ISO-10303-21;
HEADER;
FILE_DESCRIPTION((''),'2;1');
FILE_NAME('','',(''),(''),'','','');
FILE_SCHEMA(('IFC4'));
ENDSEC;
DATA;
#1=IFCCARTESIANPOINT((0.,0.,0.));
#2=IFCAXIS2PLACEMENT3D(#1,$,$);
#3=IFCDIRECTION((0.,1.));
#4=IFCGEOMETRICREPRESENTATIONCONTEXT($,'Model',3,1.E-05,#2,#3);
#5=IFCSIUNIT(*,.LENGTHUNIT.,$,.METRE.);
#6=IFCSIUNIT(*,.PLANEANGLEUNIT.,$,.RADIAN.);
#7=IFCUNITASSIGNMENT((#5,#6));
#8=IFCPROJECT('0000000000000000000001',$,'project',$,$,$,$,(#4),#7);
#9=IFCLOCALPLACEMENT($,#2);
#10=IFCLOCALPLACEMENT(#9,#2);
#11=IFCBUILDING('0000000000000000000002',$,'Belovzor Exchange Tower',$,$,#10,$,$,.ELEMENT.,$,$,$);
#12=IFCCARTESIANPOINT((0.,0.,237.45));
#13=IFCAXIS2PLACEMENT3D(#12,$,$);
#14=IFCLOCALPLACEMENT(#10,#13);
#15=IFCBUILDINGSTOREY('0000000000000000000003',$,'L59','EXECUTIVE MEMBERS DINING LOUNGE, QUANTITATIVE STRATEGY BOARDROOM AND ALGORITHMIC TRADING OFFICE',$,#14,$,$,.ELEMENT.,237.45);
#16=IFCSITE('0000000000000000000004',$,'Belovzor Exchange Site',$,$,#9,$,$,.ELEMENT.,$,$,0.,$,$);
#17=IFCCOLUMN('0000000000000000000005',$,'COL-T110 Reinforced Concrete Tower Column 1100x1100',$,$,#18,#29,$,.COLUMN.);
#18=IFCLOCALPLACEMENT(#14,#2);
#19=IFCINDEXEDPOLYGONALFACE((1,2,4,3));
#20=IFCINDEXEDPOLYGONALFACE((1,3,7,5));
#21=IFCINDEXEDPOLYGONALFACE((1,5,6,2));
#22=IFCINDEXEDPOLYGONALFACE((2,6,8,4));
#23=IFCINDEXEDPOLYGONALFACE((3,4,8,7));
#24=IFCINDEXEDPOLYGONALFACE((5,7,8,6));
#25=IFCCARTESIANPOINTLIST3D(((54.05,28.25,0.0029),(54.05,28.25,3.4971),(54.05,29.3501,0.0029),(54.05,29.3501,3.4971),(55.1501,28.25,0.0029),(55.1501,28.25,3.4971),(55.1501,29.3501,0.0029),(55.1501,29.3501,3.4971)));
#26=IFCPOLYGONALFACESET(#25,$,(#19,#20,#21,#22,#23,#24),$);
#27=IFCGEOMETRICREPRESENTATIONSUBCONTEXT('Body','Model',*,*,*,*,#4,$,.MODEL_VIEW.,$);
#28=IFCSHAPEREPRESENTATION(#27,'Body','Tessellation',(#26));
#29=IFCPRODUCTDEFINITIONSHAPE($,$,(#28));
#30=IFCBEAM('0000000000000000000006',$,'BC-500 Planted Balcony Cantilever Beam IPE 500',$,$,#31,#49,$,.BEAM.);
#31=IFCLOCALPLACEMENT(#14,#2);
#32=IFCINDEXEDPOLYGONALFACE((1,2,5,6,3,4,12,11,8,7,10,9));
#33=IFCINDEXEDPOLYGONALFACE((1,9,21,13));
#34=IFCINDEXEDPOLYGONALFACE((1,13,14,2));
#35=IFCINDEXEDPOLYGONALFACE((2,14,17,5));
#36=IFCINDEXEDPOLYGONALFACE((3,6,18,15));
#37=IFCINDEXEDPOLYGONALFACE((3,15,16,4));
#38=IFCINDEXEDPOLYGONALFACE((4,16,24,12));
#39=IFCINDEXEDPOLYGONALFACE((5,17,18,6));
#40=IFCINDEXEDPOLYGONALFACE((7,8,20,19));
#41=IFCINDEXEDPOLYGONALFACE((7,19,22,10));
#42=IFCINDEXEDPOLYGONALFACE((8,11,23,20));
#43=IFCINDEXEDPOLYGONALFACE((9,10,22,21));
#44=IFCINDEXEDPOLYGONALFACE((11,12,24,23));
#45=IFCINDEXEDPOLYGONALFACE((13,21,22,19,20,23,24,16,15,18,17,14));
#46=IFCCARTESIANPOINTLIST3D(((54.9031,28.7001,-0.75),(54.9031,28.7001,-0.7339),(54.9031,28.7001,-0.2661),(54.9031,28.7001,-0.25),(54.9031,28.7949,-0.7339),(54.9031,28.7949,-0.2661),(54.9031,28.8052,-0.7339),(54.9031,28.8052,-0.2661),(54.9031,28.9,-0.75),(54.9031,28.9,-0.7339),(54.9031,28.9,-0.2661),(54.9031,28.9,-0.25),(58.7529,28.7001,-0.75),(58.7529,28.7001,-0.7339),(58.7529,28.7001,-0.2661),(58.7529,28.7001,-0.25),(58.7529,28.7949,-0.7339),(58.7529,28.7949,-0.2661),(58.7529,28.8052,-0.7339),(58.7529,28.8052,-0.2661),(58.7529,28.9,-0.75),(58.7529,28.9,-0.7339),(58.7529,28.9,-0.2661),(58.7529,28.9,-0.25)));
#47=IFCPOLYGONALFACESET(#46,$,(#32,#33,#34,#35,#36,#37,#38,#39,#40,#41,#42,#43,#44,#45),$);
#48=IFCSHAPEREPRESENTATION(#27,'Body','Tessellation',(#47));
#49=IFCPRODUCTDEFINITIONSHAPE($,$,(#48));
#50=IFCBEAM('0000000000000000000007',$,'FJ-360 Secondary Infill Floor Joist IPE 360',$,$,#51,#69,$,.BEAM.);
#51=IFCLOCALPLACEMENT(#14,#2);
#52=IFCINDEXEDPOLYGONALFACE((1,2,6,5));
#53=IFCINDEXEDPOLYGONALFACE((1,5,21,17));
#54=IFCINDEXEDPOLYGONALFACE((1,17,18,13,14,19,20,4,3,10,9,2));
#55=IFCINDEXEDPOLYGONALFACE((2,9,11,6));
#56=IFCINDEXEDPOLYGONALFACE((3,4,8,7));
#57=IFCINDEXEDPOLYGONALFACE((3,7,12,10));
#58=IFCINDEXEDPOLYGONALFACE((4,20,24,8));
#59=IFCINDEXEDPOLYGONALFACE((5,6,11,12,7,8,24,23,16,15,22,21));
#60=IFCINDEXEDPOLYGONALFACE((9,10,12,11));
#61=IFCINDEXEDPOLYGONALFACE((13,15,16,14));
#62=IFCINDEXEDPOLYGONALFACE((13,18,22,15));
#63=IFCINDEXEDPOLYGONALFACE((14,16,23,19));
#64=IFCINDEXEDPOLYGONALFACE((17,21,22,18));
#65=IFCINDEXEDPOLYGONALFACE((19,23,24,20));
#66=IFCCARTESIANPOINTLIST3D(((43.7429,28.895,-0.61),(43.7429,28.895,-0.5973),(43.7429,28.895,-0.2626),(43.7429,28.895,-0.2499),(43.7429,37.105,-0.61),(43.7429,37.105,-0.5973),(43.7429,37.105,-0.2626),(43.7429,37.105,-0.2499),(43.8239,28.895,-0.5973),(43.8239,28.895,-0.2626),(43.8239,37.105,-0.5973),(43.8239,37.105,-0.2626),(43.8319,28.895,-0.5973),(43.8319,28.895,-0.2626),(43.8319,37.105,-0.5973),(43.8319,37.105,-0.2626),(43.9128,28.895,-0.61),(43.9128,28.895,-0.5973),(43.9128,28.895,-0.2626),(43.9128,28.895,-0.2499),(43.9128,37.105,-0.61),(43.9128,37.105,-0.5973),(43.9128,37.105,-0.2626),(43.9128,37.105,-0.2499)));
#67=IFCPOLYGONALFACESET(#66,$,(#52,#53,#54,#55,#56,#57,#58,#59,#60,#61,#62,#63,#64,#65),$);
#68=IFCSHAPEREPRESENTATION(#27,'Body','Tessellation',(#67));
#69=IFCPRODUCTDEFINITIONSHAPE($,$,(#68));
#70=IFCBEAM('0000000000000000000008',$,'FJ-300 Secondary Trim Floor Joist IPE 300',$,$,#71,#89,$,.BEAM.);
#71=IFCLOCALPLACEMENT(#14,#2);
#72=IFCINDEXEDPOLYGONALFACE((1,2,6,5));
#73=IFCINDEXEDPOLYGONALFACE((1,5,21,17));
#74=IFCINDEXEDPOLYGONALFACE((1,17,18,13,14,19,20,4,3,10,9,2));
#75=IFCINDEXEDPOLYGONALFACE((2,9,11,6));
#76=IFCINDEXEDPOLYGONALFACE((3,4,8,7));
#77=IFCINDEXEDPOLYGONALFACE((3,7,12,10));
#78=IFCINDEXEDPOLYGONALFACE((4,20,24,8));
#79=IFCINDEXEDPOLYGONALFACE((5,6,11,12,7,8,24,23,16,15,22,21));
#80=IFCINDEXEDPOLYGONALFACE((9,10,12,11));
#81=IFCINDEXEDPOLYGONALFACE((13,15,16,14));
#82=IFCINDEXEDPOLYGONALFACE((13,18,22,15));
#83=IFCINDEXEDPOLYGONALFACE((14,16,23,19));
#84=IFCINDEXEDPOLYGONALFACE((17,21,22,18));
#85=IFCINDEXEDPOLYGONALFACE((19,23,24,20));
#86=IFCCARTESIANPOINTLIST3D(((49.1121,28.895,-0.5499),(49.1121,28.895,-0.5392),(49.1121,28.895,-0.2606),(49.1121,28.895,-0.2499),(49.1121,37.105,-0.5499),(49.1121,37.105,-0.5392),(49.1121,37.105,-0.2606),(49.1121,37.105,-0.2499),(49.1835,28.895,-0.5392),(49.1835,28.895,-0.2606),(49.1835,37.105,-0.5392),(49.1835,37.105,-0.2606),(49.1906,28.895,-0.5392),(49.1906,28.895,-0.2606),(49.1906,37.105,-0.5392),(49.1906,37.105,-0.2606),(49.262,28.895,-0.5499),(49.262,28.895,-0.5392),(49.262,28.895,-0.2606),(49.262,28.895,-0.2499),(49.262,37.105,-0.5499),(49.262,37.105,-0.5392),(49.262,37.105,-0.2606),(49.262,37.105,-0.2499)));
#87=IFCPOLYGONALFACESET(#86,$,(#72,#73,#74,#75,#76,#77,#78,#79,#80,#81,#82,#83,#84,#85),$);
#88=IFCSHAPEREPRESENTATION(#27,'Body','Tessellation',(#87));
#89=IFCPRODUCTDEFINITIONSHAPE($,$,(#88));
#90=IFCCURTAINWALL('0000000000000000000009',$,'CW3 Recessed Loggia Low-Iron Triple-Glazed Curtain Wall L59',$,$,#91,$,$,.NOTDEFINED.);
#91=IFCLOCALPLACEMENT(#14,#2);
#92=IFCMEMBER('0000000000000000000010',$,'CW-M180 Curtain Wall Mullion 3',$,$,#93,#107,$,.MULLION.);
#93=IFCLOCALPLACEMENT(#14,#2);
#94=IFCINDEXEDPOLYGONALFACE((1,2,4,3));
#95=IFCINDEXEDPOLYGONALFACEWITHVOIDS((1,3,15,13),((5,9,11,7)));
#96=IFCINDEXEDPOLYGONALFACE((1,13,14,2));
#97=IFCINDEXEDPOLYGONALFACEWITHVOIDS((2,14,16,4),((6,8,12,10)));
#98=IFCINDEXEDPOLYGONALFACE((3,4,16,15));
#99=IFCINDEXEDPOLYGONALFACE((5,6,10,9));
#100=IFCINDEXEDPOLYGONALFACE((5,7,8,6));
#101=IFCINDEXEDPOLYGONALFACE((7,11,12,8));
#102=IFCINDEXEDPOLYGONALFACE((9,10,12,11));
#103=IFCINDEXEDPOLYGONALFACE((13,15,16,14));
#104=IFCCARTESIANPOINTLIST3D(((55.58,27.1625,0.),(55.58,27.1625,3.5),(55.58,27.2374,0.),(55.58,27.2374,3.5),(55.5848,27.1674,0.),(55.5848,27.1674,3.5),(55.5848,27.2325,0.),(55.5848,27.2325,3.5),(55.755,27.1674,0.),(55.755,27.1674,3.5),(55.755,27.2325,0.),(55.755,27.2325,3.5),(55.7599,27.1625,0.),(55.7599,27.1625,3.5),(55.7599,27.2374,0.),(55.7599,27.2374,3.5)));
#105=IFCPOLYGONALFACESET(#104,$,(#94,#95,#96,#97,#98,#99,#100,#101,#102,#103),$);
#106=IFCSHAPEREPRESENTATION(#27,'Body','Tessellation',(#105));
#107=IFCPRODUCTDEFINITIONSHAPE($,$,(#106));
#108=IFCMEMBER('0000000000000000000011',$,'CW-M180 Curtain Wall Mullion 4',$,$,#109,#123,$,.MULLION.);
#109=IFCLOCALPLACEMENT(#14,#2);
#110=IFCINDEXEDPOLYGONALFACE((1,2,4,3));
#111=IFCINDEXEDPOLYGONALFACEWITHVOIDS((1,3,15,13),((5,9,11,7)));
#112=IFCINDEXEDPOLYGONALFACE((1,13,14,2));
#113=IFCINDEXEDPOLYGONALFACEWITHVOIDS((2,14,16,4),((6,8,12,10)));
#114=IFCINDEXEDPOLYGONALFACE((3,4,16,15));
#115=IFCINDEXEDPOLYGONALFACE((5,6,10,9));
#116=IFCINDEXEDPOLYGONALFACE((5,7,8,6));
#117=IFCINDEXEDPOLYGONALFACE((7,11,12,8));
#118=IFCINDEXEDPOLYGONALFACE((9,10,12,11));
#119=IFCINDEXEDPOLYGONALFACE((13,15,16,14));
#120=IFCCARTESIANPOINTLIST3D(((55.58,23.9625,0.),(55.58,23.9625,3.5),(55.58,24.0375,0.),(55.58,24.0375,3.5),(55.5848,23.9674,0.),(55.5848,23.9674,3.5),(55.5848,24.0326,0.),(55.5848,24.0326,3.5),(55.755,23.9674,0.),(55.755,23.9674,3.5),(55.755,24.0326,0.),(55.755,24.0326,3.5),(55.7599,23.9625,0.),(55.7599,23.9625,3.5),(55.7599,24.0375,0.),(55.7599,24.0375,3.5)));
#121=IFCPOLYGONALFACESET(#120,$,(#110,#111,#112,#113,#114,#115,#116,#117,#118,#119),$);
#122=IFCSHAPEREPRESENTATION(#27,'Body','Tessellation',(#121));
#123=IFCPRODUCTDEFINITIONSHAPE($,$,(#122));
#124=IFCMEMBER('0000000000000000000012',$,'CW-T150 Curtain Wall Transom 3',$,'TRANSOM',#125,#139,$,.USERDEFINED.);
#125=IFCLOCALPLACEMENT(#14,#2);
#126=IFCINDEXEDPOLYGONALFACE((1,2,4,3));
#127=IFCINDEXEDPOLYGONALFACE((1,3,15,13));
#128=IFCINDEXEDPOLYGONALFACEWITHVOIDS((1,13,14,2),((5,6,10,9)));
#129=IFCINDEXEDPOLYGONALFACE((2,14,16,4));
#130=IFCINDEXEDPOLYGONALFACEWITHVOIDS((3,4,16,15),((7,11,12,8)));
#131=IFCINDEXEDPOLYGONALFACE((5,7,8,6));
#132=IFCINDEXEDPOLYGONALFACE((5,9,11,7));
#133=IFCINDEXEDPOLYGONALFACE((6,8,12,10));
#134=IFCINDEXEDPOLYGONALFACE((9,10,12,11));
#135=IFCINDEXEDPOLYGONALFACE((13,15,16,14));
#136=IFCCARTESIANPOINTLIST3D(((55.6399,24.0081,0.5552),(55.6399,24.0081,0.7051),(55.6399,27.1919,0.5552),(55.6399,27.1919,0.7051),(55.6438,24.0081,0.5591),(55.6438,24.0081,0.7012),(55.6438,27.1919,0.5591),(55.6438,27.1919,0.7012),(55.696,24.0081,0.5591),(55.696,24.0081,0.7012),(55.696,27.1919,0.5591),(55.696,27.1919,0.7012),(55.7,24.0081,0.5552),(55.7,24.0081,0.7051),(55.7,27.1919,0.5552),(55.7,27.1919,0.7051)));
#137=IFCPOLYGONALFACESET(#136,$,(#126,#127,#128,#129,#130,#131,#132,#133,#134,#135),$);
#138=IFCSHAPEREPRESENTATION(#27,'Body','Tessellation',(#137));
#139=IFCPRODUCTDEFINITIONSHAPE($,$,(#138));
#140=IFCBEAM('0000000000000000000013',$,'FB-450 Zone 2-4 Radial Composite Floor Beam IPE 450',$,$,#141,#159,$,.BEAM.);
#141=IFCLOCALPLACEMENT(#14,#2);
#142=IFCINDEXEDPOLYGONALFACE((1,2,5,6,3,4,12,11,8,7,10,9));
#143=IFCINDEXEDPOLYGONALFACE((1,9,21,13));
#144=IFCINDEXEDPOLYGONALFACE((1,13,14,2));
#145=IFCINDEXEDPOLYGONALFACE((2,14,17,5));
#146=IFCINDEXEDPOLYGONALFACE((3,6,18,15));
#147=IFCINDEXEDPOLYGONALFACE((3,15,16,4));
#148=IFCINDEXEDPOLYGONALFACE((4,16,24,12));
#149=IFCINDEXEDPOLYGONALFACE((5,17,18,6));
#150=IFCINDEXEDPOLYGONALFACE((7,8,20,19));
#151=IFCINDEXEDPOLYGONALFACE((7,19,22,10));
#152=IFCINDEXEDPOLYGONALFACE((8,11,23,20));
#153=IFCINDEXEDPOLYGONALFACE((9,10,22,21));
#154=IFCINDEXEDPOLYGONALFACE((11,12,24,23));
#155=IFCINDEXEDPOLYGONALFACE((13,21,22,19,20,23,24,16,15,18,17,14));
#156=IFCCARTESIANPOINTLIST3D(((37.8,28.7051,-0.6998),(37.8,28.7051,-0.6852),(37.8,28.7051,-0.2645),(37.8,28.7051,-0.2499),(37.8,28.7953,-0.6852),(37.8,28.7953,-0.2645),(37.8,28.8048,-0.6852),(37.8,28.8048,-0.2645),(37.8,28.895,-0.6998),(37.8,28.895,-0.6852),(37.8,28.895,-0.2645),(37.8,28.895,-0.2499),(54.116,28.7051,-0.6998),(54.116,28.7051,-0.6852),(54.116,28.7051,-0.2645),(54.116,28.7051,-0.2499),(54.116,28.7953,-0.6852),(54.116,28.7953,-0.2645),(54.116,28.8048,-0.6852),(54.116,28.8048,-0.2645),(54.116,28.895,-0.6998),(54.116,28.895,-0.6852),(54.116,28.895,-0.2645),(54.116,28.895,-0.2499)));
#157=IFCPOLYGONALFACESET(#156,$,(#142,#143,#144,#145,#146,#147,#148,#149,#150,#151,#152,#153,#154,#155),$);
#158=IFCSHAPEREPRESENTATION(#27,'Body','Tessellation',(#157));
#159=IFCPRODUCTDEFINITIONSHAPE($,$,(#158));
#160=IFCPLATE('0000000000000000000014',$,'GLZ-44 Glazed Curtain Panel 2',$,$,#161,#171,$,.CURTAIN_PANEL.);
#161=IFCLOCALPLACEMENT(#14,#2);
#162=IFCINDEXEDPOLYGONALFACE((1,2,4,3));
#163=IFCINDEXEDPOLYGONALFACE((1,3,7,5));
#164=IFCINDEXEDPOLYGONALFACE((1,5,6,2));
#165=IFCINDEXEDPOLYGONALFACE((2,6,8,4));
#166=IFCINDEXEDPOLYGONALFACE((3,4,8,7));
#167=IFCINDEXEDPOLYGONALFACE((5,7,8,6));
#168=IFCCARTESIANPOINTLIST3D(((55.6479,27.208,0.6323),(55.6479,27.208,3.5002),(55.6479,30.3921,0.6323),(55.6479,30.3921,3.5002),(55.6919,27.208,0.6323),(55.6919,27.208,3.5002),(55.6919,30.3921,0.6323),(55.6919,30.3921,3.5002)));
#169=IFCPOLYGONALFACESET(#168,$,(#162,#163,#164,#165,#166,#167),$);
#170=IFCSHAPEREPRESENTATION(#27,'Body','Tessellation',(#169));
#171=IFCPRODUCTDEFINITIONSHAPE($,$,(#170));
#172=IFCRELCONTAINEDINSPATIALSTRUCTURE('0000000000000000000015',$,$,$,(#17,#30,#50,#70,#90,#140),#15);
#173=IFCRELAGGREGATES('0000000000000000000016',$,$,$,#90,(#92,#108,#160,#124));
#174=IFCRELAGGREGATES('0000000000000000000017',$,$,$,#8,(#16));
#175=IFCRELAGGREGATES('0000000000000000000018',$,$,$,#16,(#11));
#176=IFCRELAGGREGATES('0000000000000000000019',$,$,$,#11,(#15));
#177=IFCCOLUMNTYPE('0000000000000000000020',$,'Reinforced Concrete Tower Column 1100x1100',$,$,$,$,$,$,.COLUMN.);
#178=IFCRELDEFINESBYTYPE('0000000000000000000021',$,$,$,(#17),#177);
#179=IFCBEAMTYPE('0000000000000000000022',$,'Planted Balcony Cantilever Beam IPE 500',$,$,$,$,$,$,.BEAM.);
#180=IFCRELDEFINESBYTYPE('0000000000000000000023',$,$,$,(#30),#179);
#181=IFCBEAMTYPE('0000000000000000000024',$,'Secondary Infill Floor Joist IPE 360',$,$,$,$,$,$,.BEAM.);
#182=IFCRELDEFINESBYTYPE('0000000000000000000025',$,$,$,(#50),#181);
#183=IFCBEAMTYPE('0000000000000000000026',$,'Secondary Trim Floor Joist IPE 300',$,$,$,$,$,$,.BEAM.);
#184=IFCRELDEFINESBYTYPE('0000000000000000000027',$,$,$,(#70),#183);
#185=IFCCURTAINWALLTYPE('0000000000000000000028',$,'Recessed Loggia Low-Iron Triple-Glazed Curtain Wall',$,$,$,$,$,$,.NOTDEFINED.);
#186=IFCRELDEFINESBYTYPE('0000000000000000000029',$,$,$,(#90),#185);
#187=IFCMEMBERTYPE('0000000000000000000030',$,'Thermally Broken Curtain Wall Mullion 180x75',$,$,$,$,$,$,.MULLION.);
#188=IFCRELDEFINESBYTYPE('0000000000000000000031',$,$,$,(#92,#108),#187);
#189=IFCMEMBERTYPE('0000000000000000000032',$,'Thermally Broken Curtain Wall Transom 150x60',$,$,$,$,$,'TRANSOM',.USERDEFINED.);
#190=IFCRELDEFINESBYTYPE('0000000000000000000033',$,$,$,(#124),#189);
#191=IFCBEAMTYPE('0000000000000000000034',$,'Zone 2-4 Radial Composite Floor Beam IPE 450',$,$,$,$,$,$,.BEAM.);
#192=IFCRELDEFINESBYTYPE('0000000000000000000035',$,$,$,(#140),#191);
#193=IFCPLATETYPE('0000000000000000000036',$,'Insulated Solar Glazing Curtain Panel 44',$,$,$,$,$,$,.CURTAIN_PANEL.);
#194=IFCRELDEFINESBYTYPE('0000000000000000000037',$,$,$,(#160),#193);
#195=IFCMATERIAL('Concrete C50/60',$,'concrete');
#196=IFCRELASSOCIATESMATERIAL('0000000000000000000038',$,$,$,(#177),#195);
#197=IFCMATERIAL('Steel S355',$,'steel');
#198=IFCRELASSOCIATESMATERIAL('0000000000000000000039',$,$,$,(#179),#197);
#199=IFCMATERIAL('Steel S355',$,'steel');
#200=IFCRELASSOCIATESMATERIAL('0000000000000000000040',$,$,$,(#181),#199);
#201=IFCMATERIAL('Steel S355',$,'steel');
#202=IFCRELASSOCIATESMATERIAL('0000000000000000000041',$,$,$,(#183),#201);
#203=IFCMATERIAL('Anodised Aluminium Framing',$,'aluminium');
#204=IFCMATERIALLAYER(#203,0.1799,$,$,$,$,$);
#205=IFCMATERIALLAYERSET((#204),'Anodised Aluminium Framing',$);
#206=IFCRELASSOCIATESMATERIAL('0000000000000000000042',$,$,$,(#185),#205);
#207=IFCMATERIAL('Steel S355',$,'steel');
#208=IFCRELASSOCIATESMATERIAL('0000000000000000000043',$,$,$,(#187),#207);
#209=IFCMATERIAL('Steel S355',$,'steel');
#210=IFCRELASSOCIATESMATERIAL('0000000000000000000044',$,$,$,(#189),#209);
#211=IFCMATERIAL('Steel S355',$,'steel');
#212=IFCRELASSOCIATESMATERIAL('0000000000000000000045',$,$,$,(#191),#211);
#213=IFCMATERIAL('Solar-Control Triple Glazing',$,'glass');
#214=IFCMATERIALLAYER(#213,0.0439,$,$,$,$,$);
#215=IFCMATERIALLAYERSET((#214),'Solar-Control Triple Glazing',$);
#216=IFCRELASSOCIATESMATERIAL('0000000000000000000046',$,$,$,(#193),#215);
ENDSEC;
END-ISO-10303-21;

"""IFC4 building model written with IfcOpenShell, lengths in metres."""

from ifc_helpers import new_model, si_unit, direction, frame, origin, origin_2d, place, context, subcontext, project, spatial, rectangle, hollow_rectangle, i_section, extrude, material, layer, layer_set, material_profile, profile_set, type_object, element, aggregate, save


model = new_model("IFC4")

# Units and contexts
model_context = context("Model", 3, precision=1e-05, world=origin(), true_north=direction((0.0, 1.0)))
body_context = subcontext(model_context, "Body", "Model", "MODEL_VIEW")
ifc_project = project(units=[si_unit("LENGTHUNIT", "METRE"), si_unit("PLANEANGLEUNIT", "RADIAN")], contexts=[model_context])

# Site, building, storey
site_placement = place(None, origin())
site = spatial("IfcSite", under=ifc_project, at=site_placement, Name="Belovzor Exchange Site", CompositionType="ELEMENT", RefElevation=0.0)
building_placement = place(site_placement, origin())
building = spatial("IfcBuilding", under=site, at=building_placement, Name="Belovzor Exchange Tower", CompositionType="ELEMENT")
storey_placement = place(building_placement, frame((0.0, 0.0, 237.45)))
storey = spatial("IfcBuildingStorey", under=building, at=storey_placement, Name="L59", Description="EXECUTIVE MEMBERS DINING LOUNGE, QUANTITATIVE STRATEGY BOARDROOM AND ALGORITHMIC TRADING OFFICE", CompositionType="ELEMENT", Elevation=237.45)

# Column
ifc_material_1 = material(Name="Concrete C50/60", Category="concrete")
ifc_material_profile_1 = material_profile(ifc_material_1, rectangle(XDim=1.1001, YDim=1.1001, at=origin_2d()))
ifc_profile_set_1 = profile_set([ifc_material_profile_1], Name="Concrete C50/60")
column_type = type_object("IfcColumnType", Name="Reinforced Concrete Tower Column 1100x1100", PredefinedType="COLUMN", material=ifc_profile_set_1)
column_placement = place(storey_placement, frame((54.6001, 28.8, 0.0029), z_axis=(0.0, 0.0, 1.0), x_axis=(1.0, 0.0, 0.0)))
element("IfcColumn", 1, at=column_placement, inside=storey, type_object=column_type, Name="COL-T110 Reinforced Concrete Tower Column 1100x1100", PredefinedType="COLUMN", context=body_context, shape_type="SweptSolid", body=[
    extrude(rectangle(XDim=1.1001, YDim=1.1001, at=origin_2d()), origin(), (0.0, 0.0, 1.0), 3.4941),
])

# Beams
ifc_material_2 = material(Name="Steel S355", Category="steel")
ifc_material_profile_2 = material_profile(ifc_material_2, i_section(OverallWidth=0.2, OverallDepth=0.5, WebThickness=0.0103, FlangeThickness=0.0161, at=origin_2d()))
ifc_profile_set_2 = profile_set([ifc_material_profile_2], Name="Steel S355")
beam_type_1 = type_object("IfcBeamType", Name="Planted Balcony Cantilever Beam IPE 500", PredefinedType="BEAM", material=ifc_profile_set_2)
beam_1_placement = place(storey_placement, frame((54.9031, 28.8, -0.5), z_axis=(1.0, 0.0, 0.0), x_axis=(0.0, 1.0, 0.0)))
element("IfcBeam", 2, at=beam_1_placement, inside=storey, type_object=beam_type_1, Name="BC-500 Planted Balcony Cantilever Beam IPE 500", PredefinedType="BEAM", context=body_context, shape_type="SweptSolid", body=[
    extrude(i_section(OverallWidth=0.2, OverallDepth=0.5, WebThickness=0.0103, FlangeThickness=0.0161, at=origin_2d()), origin(), (0.0, 0.0, 1.0), 3.8499),
])
ifc_material_3 = material(Name="Steel S355", Category="steel")
ifc_material_profile_3 = material_profile(ifc_material_3, i_section(OverallWidth=0.1699, OverallDepth=0.3601, WebThickness=0.0081, FlangeThickness=0.0127, at=origin_2d()))
ifc_profile_set_3 = profile_set([ifc_material_profile_3], Name="Steel S355")
beam_type_2 = type_object("IfcBeamType", Name="Secondary Infill Floor Joist IPE 360", PredefinedType="BEAM", material=ifc_profile_set_3)
beam_2_placement = place(storey_placement, frame((43.8279, 28.895, -0.4299), z_axis=(0.0, 1.0, 0.0), x_axis=(-1.0, 0.0, 0.0)))
element("IfcBeam", 3, at=beam_2_placement, inside=storey, type_object=beam_type_2, Name="FJ-360 Secondary Infill Floor Joist IPE 360", PredefinedType="BEAM", context=body_context, shape_type="SweptSolid", body=[
    extrude(i_section(OverallWidth=0.1699, OverallDepth=0.3601, WebThickness=0.0081, FlangeThickness=0.0127, at=origin_2d()), origin(), (0.0, 0.0, 1.0), 8.21),
])
ifc_material_4 = material(Name="Steel S355", Category="steel")
ifc_material_profile_4 = material_profile(ifc_material_4, i_section(OverallWidth=0.1499, OverallDepth=0.3, WebThickness=0.0071, FlangeThickness=0.0107, at=origin_2d()))
ifc_profile_set_4 = profile_set([ifc_material_profile_4], Name="Steel S355")
beam_type_3 = type_object("IfcBeamType", Name="Secondary Trim Floor Joist IPE 300", PredefinedType="BEAM", material=ifc_profile_set_4)
beam_3_placement = place(storey_placement, frame((49.187, 28.895, -0.3999), z_axis=(0.0, 1.0, 0.0), x_axis=(-1.0, 0.0, 0.0)))
element("IfcBeam", 4, at=beam_3_placement, inside=storey, type_object=beam_type_3, Name="FJ-300 Secondary Trim Floor Joist IPE 300", PredefinedType="BEAM", context=body_context, shape_type="SweptSolid", body=[
    extrude(i_section(OverallWidth=0.1499, OverallDepth=0.3, WebThickness=0.0071, FlangeThickness=0.0107, at=origin_2d()), origin(), (0.0, 0.0, 1.0), 8.21),
])

# Curtain wall, members
ifc_material_5 = material(Name="Anodised Aluminium Framing", Category="aluminium")
ifc_layer_1 = layer(ifc_material_5, 0.1799)
ifc_layer_set_1 = layer_set([ifc_layer_1], Name="Anodised Aluminium Framing")
curtain_wall_type = type_object("IfcCurtainWallType", Name="Recessed Loggia Low-Iron Triple-Glazed Curtain Wall", PredefinedType="NOTDEFINED", material=ifc_layer_set_1)
curtain_wall_placement = place(storey_placement, origin())
curtain_wall = element("IfcCurtainWall", 5, at=curtain_wall_placement, inside=storey, type_object=curtain_wall_type, Name="CW3 Recessed Loggia Low-Iron Triple-Glazed Curtain Wall L59", PredefinedType="NOTDEFINED")
ifc_material_6 = material(Name="Steel S355", Category="steel")
ifc_material_profile_5 = material_profile(ifc_material_6, hollow_rectangle(XDim=0.075, YDim=0.1799, WallThickness=0.0049, at=origin_2d()))
ifc_profile_set_5 = profile_set([ifc_material_profile_5], Name="Steel S355")
member_type_1 = type_object("IfcMemberType", Name="Thermally Broken Curtain Wall Mullion 180x75", PredefinedType="MULLION", material=ifc_profile_set_5)
member_1_placement = place(storey_placement, frame((55.6699, 27.2, 0.0), z_axis=(0.0, 0.0, 1.0), x_axis=(0.0, -1.0, 0.0)))
member_1 = element("IfcMember", 6, at=member_1_placement, type_object=member_type_1, Name="CW-M180 Curtain Wall Mullion 3", PredefinedType="MULLION", context=body_context, shape_type="SweptSolid", body=[
    extrude(hollow_rectangle(XDim=0.075, YDim=0.1799, WallThickness=0.0049, at=origin_2d()), origin(), (0.0, 0.0, 1.0), 3.5),
])
member_2_placement = place(storey_placement, frame((55.6699, 24.0, 0.0), z_axis=(0.0, 0.0, 1.0), x_axis=(0.0, -1.0, 0.0)))
member_2 = element("IfcMember", 7, at=member_2_placement, type_object=member_type_1, Name="CW-M180 Curtain Wall Mullion 4", PredefinedType="MULLION", context=body_context, shape_type="SweptSolid", body=[
    extrude(hollow_rectangle(XDim=0.075, YDim=0.1799, WallThickness=0.0049, at=origin_2d()), origin(), (0.0, 0.0, 1.0), 3.5),
])
ifc_material_7 = material(Name="Steel S355", Category="steel")
ifc_material_profile_6 = material_profile(ifc_material_7, hollow_rectangle(XDim=0.0601, YDim=0.1499, WallThickness=0.0039, at=origin_2d()))
ifc_profile_set_6 = profile_set([ifc_material_profile_6], Name="Steel S355")
member_type_2 = type_object("IfcMemberType", Name="Thermally Broken Curtain Wall Transom 150x60", ElementType="TRANSOM", PredefinedType="USERDEFINED", material=ifc_profile_set_6)
member_3_placement = place(storey_placement, frame((55.6699, 27.1919, 0.6301), z_axis=(0.0, -1.0, 0.0), x_axis=(1.0, 0.0, 0.0)))
member_3 = element("IfcMember", 8, at=member_3_placement, type_object=member_type_2, Name="CW-T150 Curtain Wall Transom 3", ObjectType="TRANSOM", PredefinedType="USERDEFINED", context=body_context, shape_type="SweptSolid", body=[
    extrude(hollow_rectangle(XDim=0.0601, YDim=0.1499, WallThickness=0.0039, at=origin_2d()), origin(), (0.0, 0.0, 1.0), 3.1838),
])

# Beam
ifc_material_8 = material(Name="Steel S355", Category="steel")
ifc_material_profile_7 = material_profile(ifc_material_8, i_section(OverallWidth=0.1899, OverallDepth=0.45, WebThickness=0.0095, FlangeThickness=0.0146, at=origin_2d()))
ifc_profile_set_7 = profile_set([ifc_material_profile_7], Name="Steel S355")
beam_type_4 = type_object("IfcBeamType", Name="Zone 2-4 Radial Composite Floor Beam IPE 450", PredefinedType="BEAM", material=ifc_profile_set_7)
beam_4_placement = place(storey_placement, frame((37.8, 28.8, -0.4749), z_axis=(1.0, 0.0, 0.0), x_axis=(0.0, 1.0, 0.0)))
element("IfcBeam", 9, at=beam_4_placement, inside=storey, type_object=beam_type_4, Name="FB-450 Zone 2-4 Radial Composite Floor Beam IPE 450", PredefinedType="BEAM", context=body_context, shape_type="SweptSolid", body=[
    extrude(i_section(OverallWidth=0.1899, OverallDepth=0.45, WebThickness=0.0095, FlangeThickness=0.0146, at=origin_2d()), origin(), (0.0, 0.0, 1.0), 16.3159),
])

# Plate
ifc_material_9 = material(Name="Solar-Control Triple Glazing", Category="glass")
ifc_layer_2 = layer(ifc_material_9, 0.0439)
ifc_layer_set_2 = layer_set([ifc_layer_2], Name="Solar-Control Triple Glazing")
plate_type_1 = type_object("IfcPlateType", Name="Insulated Solar Glazing Curtain Panel 44", PredefinedType="CURTAIN_PANEL", material=ifc_layer_set_2)
plate_1_placement = place(storey_placement, frame((55.6699, 28.8, 0.6323), z_axis=(0.0, 0.0, 1.0), x_axis=(0.0, -1.0, 0.0)))
plate_1 = element("IfcPlate", 10, at=plate_1_placement, type_object=plate_type_1, Name="GLZ-44 Glazed Curtain Panel 2", PredefinedType="CURTAIN_PANEL", context=body_context, shape_type="SweptSolid", body=[
    extrude(rectangle(XDim=3.1841, YDim=0.0439, at=origin_2d()), origin(), (0.0, 0.0, 1.0), 2.8679),
])
aggregate(curtain_wall, [member_1, member_2, plate_1, member_3])

save(model, "model.ifc")
